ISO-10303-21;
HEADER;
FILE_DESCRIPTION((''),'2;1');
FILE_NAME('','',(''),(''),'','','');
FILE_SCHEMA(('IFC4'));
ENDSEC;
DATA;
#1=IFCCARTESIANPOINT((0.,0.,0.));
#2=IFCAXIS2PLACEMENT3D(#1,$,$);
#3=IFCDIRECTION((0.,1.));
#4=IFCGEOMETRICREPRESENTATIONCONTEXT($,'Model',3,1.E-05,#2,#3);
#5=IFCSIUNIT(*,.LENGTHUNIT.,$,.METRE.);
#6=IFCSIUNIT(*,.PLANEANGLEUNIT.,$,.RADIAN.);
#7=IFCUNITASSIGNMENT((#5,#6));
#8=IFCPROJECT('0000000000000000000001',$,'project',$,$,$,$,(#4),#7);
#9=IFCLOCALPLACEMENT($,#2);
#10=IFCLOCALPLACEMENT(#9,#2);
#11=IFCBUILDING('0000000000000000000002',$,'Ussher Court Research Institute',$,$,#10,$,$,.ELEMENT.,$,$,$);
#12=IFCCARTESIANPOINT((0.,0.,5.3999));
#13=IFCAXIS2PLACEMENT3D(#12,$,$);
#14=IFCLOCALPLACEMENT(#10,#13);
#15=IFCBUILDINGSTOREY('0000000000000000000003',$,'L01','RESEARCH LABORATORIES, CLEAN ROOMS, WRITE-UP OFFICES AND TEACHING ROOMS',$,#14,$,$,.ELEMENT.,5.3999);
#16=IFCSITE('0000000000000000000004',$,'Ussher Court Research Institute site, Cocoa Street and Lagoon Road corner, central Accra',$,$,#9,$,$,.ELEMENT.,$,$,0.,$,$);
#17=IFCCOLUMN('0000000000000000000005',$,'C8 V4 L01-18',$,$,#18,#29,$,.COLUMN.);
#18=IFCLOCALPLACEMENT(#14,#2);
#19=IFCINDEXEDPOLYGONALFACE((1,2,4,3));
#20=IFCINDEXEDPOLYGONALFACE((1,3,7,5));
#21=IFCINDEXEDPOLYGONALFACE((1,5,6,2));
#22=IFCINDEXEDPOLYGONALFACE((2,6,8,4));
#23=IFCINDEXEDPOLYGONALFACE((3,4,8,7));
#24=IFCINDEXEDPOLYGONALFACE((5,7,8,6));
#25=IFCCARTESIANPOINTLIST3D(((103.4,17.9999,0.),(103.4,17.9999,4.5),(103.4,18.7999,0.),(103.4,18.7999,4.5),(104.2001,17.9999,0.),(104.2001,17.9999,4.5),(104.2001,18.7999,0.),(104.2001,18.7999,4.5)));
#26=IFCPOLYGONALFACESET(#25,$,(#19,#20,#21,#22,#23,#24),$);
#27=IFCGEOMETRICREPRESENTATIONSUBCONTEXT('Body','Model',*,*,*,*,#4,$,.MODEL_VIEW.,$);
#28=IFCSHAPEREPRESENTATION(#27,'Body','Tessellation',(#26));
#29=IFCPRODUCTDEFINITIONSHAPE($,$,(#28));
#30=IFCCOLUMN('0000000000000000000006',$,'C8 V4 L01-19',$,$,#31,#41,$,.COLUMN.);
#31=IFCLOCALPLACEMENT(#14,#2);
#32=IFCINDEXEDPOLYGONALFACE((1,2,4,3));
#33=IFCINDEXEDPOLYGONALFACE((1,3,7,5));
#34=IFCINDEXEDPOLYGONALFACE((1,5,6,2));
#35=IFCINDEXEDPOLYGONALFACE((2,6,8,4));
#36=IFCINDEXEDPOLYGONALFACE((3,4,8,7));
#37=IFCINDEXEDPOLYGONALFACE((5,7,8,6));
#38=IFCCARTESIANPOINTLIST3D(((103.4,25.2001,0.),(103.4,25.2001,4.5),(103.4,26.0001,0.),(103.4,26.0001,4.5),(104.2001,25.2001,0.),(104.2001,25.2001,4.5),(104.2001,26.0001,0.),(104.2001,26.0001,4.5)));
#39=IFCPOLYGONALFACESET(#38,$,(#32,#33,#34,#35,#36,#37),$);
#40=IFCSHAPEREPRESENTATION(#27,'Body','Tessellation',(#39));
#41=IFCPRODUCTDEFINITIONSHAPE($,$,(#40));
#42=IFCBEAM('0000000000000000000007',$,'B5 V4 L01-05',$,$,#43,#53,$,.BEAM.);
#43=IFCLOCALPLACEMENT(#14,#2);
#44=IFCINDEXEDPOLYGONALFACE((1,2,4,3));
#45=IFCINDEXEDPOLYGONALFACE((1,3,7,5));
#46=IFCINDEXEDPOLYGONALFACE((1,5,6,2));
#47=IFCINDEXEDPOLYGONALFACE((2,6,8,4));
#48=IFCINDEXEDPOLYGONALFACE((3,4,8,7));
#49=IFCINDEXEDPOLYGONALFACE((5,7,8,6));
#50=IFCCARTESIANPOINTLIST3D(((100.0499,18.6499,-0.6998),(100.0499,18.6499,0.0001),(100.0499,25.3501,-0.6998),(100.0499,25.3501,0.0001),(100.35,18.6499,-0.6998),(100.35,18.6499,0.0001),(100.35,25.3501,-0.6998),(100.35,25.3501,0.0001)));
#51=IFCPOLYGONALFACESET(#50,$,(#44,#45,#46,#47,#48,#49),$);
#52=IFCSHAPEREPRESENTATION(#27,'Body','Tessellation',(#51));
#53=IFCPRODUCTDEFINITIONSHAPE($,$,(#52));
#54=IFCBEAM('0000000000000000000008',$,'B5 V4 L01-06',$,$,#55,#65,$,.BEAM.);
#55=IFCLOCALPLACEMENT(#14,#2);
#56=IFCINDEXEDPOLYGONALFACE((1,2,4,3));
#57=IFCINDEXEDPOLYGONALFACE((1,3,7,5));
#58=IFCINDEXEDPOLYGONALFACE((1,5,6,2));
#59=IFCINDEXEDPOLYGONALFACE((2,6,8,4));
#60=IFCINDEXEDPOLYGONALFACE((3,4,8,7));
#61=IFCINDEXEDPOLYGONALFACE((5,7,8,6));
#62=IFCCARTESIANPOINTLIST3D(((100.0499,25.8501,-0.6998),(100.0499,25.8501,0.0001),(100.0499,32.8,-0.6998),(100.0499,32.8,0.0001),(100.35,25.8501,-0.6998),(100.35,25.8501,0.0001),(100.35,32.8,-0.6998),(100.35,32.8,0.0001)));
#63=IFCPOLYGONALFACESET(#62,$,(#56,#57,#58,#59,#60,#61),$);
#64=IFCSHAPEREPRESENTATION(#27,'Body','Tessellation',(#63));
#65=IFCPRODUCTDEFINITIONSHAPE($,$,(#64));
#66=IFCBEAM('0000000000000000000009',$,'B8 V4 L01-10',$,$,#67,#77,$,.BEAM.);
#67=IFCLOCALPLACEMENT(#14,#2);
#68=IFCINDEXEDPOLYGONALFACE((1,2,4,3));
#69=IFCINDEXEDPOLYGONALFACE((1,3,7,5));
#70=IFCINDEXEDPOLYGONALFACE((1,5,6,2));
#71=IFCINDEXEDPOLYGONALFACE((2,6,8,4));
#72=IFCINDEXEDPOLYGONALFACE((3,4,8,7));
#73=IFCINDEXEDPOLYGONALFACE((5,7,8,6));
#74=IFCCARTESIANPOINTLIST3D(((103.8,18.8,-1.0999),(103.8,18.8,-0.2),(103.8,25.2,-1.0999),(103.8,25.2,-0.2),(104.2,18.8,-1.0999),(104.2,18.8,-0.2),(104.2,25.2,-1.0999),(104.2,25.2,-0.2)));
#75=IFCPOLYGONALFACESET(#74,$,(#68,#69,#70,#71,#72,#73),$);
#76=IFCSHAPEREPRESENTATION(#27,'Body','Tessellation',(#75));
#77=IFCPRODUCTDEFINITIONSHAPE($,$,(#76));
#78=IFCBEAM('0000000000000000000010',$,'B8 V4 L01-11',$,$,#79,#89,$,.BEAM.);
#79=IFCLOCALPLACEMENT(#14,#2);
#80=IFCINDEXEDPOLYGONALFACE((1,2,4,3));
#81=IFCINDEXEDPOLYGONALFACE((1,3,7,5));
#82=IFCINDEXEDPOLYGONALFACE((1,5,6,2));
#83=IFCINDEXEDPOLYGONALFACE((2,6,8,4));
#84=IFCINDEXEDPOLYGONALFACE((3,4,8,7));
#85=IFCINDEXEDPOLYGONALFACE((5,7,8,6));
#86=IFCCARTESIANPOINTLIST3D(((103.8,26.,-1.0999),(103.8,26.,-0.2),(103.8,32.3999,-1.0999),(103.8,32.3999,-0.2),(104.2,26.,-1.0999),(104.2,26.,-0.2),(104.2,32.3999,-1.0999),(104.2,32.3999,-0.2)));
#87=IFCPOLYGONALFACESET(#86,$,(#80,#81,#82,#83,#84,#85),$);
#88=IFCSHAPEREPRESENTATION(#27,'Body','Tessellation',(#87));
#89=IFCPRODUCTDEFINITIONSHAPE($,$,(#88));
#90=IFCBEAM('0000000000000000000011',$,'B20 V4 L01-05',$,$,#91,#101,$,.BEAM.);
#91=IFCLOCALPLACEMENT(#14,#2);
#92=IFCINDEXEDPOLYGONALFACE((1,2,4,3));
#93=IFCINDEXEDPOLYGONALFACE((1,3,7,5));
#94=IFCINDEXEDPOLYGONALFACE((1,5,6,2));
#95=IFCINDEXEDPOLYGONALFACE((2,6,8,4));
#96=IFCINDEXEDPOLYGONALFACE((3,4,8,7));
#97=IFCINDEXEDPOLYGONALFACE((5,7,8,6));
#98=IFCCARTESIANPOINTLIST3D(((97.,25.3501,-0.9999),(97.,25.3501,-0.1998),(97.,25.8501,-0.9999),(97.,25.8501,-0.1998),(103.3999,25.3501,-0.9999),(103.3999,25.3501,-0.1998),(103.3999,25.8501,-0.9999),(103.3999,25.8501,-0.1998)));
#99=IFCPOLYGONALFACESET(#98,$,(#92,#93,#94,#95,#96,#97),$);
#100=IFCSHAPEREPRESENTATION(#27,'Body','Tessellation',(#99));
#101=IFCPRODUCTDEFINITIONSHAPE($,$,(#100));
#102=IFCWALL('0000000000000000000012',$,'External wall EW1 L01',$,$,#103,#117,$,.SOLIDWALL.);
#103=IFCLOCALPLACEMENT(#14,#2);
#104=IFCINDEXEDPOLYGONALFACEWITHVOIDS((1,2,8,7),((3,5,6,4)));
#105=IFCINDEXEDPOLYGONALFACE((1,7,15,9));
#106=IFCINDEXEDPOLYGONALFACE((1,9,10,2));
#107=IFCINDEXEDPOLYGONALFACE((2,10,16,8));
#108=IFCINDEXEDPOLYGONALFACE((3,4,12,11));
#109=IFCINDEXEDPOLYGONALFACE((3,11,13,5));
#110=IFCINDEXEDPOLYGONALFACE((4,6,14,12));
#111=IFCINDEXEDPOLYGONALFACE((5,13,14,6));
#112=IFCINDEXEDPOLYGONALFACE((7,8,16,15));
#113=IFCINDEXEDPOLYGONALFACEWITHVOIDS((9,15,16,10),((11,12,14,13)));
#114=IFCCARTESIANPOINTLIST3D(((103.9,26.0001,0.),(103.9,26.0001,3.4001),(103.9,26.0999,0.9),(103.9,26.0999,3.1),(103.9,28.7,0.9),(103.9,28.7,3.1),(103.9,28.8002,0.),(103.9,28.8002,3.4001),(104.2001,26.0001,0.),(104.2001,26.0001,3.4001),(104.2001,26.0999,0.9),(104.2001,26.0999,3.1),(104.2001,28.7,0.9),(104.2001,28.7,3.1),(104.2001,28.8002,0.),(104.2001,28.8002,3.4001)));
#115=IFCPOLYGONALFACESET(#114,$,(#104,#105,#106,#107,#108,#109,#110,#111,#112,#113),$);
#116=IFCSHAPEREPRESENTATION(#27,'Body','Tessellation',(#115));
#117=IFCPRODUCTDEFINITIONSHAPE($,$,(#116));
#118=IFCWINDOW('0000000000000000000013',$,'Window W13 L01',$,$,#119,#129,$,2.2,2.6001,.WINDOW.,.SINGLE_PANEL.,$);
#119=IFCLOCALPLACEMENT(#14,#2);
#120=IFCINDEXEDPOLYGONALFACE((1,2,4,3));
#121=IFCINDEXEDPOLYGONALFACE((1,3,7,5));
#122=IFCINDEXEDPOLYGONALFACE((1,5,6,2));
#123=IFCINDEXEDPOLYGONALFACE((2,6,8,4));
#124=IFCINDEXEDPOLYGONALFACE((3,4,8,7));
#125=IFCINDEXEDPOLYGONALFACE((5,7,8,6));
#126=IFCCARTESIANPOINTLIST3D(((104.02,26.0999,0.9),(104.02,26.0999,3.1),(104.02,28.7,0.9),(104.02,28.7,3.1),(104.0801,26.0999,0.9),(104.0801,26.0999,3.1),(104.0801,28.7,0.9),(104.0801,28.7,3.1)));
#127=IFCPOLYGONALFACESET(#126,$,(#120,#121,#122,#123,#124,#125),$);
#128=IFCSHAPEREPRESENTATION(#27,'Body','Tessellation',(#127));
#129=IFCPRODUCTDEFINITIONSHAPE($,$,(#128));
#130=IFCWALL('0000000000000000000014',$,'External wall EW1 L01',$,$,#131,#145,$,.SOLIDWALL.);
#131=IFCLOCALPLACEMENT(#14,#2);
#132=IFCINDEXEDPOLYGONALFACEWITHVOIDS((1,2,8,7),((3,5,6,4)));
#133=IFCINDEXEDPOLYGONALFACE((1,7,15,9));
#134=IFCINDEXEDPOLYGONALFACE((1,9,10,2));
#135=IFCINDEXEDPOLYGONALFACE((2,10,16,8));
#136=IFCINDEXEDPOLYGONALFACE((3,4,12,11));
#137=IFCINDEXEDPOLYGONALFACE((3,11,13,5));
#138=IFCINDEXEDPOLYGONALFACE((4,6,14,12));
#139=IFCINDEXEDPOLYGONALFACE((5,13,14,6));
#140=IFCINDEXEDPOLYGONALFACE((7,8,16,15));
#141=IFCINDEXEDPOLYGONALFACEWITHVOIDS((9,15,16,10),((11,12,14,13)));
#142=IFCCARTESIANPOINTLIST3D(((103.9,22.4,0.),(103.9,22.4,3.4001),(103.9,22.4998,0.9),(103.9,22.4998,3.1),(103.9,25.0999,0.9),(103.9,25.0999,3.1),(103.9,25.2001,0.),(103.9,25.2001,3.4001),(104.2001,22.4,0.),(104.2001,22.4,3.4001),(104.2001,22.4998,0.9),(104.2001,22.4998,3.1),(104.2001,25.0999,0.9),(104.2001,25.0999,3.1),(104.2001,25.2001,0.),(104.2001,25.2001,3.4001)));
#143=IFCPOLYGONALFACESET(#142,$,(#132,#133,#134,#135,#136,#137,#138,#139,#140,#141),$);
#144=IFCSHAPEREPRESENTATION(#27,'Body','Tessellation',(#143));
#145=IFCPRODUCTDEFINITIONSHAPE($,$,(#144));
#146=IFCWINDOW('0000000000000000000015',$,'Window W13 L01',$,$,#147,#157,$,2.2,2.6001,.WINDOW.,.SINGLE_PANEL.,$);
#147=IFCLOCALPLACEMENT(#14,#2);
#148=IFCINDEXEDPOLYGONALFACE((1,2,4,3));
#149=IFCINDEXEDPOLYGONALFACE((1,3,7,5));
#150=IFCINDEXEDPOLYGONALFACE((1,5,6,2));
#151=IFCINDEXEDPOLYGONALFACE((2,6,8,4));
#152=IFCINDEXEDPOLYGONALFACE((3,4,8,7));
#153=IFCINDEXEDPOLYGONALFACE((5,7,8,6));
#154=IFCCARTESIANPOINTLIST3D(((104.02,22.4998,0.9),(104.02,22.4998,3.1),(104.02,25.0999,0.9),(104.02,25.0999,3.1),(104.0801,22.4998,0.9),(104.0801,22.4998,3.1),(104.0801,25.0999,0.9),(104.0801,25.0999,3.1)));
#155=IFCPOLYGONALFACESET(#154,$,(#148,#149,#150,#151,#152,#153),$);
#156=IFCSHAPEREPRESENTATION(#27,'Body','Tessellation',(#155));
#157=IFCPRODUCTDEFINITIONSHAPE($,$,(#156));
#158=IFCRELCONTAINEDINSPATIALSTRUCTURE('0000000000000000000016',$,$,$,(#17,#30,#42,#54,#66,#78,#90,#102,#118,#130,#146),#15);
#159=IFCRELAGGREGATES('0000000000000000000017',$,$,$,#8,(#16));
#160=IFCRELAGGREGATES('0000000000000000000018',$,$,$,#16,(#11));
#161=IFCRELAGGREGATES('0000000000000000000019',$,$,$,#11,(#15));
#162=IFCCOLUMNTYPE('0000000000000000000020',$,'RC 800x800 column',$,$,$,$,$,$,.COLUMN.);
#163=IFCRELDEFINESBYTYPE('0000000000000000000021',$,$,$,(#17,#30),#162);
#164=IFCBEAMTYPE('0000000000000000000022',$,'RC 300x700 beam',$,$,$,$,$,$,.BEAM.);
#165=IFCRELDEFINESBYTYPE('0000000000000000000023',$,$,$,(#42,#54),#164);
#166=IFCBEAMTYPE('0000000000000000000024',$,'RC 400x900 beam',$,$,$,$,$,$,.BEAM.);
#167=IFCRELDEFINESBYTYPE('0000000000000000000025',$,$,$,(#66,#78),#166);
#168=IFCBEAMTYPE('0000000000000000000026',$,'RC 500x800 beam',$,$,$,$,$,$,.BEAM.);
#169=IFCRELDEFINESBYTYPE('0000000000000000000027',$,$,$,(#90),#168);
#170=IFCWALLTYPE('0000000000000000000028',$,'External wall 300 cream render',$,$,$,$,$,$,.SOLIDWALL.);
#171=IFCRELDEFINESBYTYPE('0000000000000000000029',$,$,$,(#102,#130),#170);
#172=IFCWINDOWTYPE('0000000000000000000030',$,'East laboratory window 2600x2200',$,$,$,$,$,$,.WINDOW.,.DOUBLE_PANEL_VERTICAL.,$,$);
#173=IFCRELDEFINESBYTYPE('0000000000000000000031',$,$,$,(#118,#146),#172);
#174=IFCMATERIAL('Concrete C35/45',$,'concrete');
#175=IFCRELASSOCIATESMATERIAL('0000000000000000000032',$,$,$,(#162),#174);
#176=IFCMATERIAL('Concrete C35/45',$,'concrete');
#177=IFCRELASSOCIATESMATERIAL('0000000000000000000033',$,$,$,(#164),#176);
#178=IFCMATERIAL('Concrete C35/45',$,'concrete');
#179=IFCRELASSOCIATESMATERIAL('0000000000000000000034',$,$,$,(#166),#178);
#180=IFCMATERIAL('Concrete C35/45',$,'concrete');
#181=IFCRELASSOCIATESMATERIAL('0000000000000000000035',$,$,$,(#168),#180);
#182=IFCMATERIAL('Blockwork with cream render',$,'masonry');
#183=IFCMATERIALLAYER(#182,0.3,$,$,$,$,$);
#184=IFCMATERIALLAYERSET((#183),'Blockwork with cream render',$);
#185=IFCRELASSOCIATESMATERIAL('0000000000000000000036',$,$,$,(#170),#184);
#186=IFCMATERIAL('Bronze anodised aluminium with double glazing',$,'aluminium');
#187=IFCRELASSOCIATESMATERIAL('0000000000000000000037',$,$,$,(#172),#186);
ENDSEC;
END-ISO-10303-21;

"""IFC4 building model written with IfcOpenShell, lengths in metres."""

from ifc_helpers import new_model, si_unit, direction, frame, frame_2d, origin, origin_2d, place, context, subcontext, project, spatial, rectangle, extrude, material, layer, layer_set, material_profile, profile_set, type_object, element, fill, save


model = new_model("IFC4")

# Units and contexts
model_context = context("Model", 3, precision=1e-05, world=origin(), true_north=direction((0.0, 1.0)))
body_context = subcontext(model_context, "Body", "Model", "MODEL_VIEW")
ifc_project = project(units=[si_unit("LENGTHUNIT", "METRE"), si_unit("PLANEANGLEUNIT", "RADIAN")], contexts=[model_context])

# Site, building, storey
site_placement = place(None, origin())
site = spatial("IfcSite", under=ifc_project, at=site_placement, Name="Ussher Court Research Institute site, Cocoa Street and Lagoon Road corner, central Accra", CompositionType="ELEMENT", RefElevation=0.0)
building_placement = place(site_placement, origin())
building = spatial("IfcBuilding", under=site, at=building_placement, Name="Ussher Court Research Institute", CompositionType="ELEMENT")
storey_placement = place(building_placement, frame((0.0, 0.0, 5.3999)))
storey = spatial("IfcBuildingStorey", under=building, at=storey_placement, Name="L01", Description="RESEARCH LABORATORIES, CLEAN ROOMS, WRITE-UP OFFICES AND TEACHING ROOMS", CompositionType="ELEMENT", Elevation=5.3999)

# Columns
ifc_material_1 = material(Name="Concrete C35/45", Category="concrete")
ifc_material_profile_1 = material_profile(ifc_material_1, rectangle(XDim=0.8, YDim=0.8, at=origin_2d()), Name="RC 800x800")
ifc_profile_set_1 = profile_set([ifc_material_profile_1], Name="Concrete C35/45")
column_type = type_object("IfcColumnType", Name="RC 800x800 column", PredefinedType="COLUMN", material=ifc_profile_set_1)
for number, where, z_axis, x_axis, name in (
    (1, (103.8, 18.3999, 0.0), (0.0, 0.0, 1.0), (1.0, 0.0, 0.0), "C8 V4 L01-18"),
    (2, (103.8, 25.6001, 0.0), (0.0, 0.0, 1.0), (1.0, 0.0, 0.0), "C8 V4 L01-19"),
):
    element("IfcColumn", number, at=place(storey_placement, frame(where, z_axis=z_axis, x_axis=x_axis)), inside=storey, type_object=column_type, Name=name, PredefinedType="COLUMN", context=body_context, shape_type="SweptSolid", body=[
        extrude(rectangle(XDim=0.8, YDim=0.8, at=origin_2d()), origin(), (0.0, 0.0, 1.0), 4.5),
    ])

# Beams
ifc_material_2 = material(Name="Concrete C35/45", Category="concrete")
ifc_material_profile_2 = material_profile(ifc_material_2, rectangle(XDim=0.3, YDim=0.7, at=origin_2d()), Name="RC 300x700")
ifc_profile_set_2 = profile_set([ifc_material_profile_2], Name="Concrete C35/45")
beam_type_1 = type_object("IfcBeamType", Name="RC 300x700 beam", PredefinedType="BEAM", material=ifc_profile_set_2)
beam_1_placement = place(storey_placement, frame((100.2, 18.6499, -0.3499), z_axis=(0.0, 1.0, 0.0), x_axis=(-1.0, 0.0, 0.0)))
element("IfcBeam", 3, at=beam_1_placement, inside=storey, type_object=beam_type_1, Name="B5 V4 L01-05", PredefinedType="BEAM", context=body_context, shape_type="SweptSolid", body=[
    extrude(rectangle(XDim=0.3, YDim=0.7, at=origin_2d()), origin(), (0.0, 0.0, 1.0), 6.7002),
])
beam_2_placement = place(storey_placement, frame((100.2, 25.8501, -0.3499), z_axis=(0.0, 1.0, 0.0), x_axis=(-1.0, 0.0, 0.0)))
element("IfcBeam", 4, at=beam_2_placement, inside=storey, type_object=beam_type_1, Name="B5 V4 L01-06", PredefinedType="BEAM", context=body_context, shape_type="SweptSolid", body=[
    extrude(rectangle(XDim=0.3, YDim=0.7, at=origin_2d()), origin(), (0.0, 0.0, 1.0), 6.95),
])
ifc_material_3 = material(Name="Concrete C35/45", Category="concrete")
ifc_material_profile_3 = material_profile(ifc_material_3, rectangle(XDim=0.3999, YDim=0.8999, at=origin_2d()), Name="RC 400x900")
ifc_profile_set_3 = profile_set([ifc_material_profile_3], Name="Concrete C35/45")
beam_type_2 = type_object("IfcBeamType", Name="RC 400x900 beam", PredefinedType="BEAM", material=ifc_profile_set_3)
for number, where, z_axis, x_axis, name in (
    (5, (104.0, 18.8, -0.6499), (0.0, 1.0, 0.0), (-1.0, 0.0, 0.0), "B8 V4 L01-10"),
    (6, (104.0, 26.0, -0.6499), (0.0, 1.0, 0.0), (-1.0, 0.0, 0.0), "B8 V4 L01-11"),
):
    element("IfcBeam", number, at=place(storey_placement, frame(where, z_axis=z_axis, x_axis=x_axis)), inside=storey, type_object=beam_type_2, Name=name, PredefinedType="BEAM", context=body_context, shape_type="SweptSolid", body=[
        extrude(rectangle(XDim=0.3999, YDim=0.8999, at=origin_2d()), origin(), (0.0, 0.0, 1.0), 6.3999),
    ])
ifc_material_4 = material(Name="Concrete C35/45", Category="concrete")
ifc_material_profile_4 = material_profile(ifc_material_4, rectangle(XDim=0.5, YDim=0.8, at=origin_2d()), Name="RC 500x800")
ifc_profile_set_4 = profile_set([ifc_material_profile_4], Name="Concrete C35/45")
beam_type_3 = type_object("IfcBeamType", Name="RC 500x800 beam", PredefinedType="BEAM", material=ifc_profile_set_4)
beam_3_placement = place(storey_placement, frame((97.0, 25.6001, -0.5999), z_axis=(1.0, 0.0, 0.0), x_axis=(0.0, 1.0, 0.0)))
element("IfcBeam", 7, at=beam_3_placement, inside=storey, type_object=beam_type_3, Name="B20 V4 L01-05", PredefinedType="BEAM", context=body_context, shape_type="SweptSolid", body=[
    extrude(rectangle(XDim=0.5, YDim=0.8, at=origin_2d()), origin(), (0.0, 0.0, 1.0), 6.3999),
])

# Walls, openings, windows
ifc_material_5 = material(Name="Blockwork with cream render", Category="masonry")
ifc_layer_1 = layer(ifc_material_5, 0.3)
ifc_layer_set_1 = layer_set([ifc_layer_1], Name="Blockwork with cream render")
wall_type_1 = type_object("IfcWallType", Name="External wall 300 cream render", PredefinedType="SOLIDWALL", material=ifc_layer_set_1)
wall_1_placement = place(storey_placement, frame((104.05, 28.8, 0.0), z_axis=(0.0, 0.0, 1.0), x_axis=(0.0, -1.0, 0.0)))
wall_1 = element("IfcWall", 8, at=wall_1_placement, inside=storey, type_object=wall_type_1, Name="External wall EW1 L01", PredefinedType="SOLIDWALL", context=body_context, shape_type="SweptSolid", body=[
    extrude(rectangle(XDim=2.8, YDim=0.3, at=frame_2d((1.3999, 0.0))), origin(), (0.0, 0.0, 1.0), 3.4001),
])
opening_1_placement = place(wall_1_placement, frame((0.1001, 0.0, 0.8999)))
opening_1 = element("IfcOpeningElement", 9, at=opening_1_placement, cuts=wall_1, PredefinedType="OPENING", context=body_context, shape_type="SweptSolid", body=[
    extrude(rectangle(XDim=2.6001, YDim=2.2, at=frame_2d((1.3, 1.1001))), frame((0.0, 0.1602, 0.0), z_axis=(0.0, -1.0, 0.0), x_axis=(1.0, 0.0, 0.0)), (0.0, 0.0, 1.0), 0.3201),
])
ifc_material_6 = material(Name="Bronze anodised aluminium with double glazing", Category="aluminium")
window_type = type_object("IfcWindowType", Name="East laboratory window 2600x2200", PartitioningType="DOUBLE_PANEL_VERTICAL", PredefinedType="WINDOW", material=ifc_material_6)
window_1_placement = place(opening_1_placement, origin())
window_1 = element("IfcWindow", 10, at=window_1_placement, inside=storey, type_object=window_type, Name="Window W13 L01", OverallHeight=2.2, OverallWidth=2.6001, PartitioningType="SINGLE_PANEL", PredefinedType="WINDOW", context=body_context, shape_type="SweptSolid", body=[
    extrude(rectangle(XDim=2.6001, YDim=2.2, at=frame_2d((1.3, 1.1001))), frame((0.0, 0.03, 0.0), z_axis=(0.0, -1.0, 0.0), x_axis=(1.0, 0.0, 0.0)), (0.0, 0.0, 1.0), 0.0601),
])
fill(opening_1, window_1)
wall_2_placement = place(storey_placement, frame((104.05, 25.2, 0.0), z_axis=(0.0, 0.0, 1.0), x_axis=(0.0, -1.0, 0.0)))
wall_2 = element("IfcWall", 11, at=wall_2_placement, inside=storey, type_object=wall_type_1, Name="External wall EW1 L01", PredefinedType="SOLIDWALL", context=body_context, shape_type="SweptSolid", body=[
    extrude(rectangle(XDim=2.8, YDim=0.3, at=frame_2d((1.3999, 0.0))), origin(), (0.0, 0.0, 1.0), 3.4001),
])
opening_2_placement = place(wall_2_placement, frame((0.1001, 0.0, 0.8999)))
opening_2 = element("IfcOpeningElement", 12, at=opening_2_placement, cuts=wall_2, PredefinedType="OPENING", context=body_context, shape_type="SweptSolid", body=[
    extrude(rectangle(XDim=2.6001, YDim=2.2, at=frame_2d((1.3, 1.1001))), frame((0.0, 0.1602, 0.0), z_axis=(0.0, -1.0, 0.0), x_axis=(1.0, 0.0, 0.0)), (0.0, 0.0, 1.0), 0.3201),
])
window_2_placement = place(opening_2_placement, origin())
window_2 = element("IfcWindow", 13, at=window_2_placement, inside=storey, type_object=window_type, Name="Window W13 L01", OverallHeight=2.2, OverallWidth=2.6001, PartitioningType="SINGLE_PANEL", PredefinedType="WINDOW", context=body_context, shape_type="SweptSolid", body=[
    extrude(rectangle(XDim=2.6001, YDim=2.2, at=frame_2d((1.3, 1.1001))), frame((0.0, 0.03, 0.0), z_axis=(0.0, -1.0, 0.0), x_axis=(1.0, 0.0, 0.0)), (0.0, 0.0, 1.0), 0.0601),
])
fill(opening_2, window_2)

save(model, "model.ifc")
